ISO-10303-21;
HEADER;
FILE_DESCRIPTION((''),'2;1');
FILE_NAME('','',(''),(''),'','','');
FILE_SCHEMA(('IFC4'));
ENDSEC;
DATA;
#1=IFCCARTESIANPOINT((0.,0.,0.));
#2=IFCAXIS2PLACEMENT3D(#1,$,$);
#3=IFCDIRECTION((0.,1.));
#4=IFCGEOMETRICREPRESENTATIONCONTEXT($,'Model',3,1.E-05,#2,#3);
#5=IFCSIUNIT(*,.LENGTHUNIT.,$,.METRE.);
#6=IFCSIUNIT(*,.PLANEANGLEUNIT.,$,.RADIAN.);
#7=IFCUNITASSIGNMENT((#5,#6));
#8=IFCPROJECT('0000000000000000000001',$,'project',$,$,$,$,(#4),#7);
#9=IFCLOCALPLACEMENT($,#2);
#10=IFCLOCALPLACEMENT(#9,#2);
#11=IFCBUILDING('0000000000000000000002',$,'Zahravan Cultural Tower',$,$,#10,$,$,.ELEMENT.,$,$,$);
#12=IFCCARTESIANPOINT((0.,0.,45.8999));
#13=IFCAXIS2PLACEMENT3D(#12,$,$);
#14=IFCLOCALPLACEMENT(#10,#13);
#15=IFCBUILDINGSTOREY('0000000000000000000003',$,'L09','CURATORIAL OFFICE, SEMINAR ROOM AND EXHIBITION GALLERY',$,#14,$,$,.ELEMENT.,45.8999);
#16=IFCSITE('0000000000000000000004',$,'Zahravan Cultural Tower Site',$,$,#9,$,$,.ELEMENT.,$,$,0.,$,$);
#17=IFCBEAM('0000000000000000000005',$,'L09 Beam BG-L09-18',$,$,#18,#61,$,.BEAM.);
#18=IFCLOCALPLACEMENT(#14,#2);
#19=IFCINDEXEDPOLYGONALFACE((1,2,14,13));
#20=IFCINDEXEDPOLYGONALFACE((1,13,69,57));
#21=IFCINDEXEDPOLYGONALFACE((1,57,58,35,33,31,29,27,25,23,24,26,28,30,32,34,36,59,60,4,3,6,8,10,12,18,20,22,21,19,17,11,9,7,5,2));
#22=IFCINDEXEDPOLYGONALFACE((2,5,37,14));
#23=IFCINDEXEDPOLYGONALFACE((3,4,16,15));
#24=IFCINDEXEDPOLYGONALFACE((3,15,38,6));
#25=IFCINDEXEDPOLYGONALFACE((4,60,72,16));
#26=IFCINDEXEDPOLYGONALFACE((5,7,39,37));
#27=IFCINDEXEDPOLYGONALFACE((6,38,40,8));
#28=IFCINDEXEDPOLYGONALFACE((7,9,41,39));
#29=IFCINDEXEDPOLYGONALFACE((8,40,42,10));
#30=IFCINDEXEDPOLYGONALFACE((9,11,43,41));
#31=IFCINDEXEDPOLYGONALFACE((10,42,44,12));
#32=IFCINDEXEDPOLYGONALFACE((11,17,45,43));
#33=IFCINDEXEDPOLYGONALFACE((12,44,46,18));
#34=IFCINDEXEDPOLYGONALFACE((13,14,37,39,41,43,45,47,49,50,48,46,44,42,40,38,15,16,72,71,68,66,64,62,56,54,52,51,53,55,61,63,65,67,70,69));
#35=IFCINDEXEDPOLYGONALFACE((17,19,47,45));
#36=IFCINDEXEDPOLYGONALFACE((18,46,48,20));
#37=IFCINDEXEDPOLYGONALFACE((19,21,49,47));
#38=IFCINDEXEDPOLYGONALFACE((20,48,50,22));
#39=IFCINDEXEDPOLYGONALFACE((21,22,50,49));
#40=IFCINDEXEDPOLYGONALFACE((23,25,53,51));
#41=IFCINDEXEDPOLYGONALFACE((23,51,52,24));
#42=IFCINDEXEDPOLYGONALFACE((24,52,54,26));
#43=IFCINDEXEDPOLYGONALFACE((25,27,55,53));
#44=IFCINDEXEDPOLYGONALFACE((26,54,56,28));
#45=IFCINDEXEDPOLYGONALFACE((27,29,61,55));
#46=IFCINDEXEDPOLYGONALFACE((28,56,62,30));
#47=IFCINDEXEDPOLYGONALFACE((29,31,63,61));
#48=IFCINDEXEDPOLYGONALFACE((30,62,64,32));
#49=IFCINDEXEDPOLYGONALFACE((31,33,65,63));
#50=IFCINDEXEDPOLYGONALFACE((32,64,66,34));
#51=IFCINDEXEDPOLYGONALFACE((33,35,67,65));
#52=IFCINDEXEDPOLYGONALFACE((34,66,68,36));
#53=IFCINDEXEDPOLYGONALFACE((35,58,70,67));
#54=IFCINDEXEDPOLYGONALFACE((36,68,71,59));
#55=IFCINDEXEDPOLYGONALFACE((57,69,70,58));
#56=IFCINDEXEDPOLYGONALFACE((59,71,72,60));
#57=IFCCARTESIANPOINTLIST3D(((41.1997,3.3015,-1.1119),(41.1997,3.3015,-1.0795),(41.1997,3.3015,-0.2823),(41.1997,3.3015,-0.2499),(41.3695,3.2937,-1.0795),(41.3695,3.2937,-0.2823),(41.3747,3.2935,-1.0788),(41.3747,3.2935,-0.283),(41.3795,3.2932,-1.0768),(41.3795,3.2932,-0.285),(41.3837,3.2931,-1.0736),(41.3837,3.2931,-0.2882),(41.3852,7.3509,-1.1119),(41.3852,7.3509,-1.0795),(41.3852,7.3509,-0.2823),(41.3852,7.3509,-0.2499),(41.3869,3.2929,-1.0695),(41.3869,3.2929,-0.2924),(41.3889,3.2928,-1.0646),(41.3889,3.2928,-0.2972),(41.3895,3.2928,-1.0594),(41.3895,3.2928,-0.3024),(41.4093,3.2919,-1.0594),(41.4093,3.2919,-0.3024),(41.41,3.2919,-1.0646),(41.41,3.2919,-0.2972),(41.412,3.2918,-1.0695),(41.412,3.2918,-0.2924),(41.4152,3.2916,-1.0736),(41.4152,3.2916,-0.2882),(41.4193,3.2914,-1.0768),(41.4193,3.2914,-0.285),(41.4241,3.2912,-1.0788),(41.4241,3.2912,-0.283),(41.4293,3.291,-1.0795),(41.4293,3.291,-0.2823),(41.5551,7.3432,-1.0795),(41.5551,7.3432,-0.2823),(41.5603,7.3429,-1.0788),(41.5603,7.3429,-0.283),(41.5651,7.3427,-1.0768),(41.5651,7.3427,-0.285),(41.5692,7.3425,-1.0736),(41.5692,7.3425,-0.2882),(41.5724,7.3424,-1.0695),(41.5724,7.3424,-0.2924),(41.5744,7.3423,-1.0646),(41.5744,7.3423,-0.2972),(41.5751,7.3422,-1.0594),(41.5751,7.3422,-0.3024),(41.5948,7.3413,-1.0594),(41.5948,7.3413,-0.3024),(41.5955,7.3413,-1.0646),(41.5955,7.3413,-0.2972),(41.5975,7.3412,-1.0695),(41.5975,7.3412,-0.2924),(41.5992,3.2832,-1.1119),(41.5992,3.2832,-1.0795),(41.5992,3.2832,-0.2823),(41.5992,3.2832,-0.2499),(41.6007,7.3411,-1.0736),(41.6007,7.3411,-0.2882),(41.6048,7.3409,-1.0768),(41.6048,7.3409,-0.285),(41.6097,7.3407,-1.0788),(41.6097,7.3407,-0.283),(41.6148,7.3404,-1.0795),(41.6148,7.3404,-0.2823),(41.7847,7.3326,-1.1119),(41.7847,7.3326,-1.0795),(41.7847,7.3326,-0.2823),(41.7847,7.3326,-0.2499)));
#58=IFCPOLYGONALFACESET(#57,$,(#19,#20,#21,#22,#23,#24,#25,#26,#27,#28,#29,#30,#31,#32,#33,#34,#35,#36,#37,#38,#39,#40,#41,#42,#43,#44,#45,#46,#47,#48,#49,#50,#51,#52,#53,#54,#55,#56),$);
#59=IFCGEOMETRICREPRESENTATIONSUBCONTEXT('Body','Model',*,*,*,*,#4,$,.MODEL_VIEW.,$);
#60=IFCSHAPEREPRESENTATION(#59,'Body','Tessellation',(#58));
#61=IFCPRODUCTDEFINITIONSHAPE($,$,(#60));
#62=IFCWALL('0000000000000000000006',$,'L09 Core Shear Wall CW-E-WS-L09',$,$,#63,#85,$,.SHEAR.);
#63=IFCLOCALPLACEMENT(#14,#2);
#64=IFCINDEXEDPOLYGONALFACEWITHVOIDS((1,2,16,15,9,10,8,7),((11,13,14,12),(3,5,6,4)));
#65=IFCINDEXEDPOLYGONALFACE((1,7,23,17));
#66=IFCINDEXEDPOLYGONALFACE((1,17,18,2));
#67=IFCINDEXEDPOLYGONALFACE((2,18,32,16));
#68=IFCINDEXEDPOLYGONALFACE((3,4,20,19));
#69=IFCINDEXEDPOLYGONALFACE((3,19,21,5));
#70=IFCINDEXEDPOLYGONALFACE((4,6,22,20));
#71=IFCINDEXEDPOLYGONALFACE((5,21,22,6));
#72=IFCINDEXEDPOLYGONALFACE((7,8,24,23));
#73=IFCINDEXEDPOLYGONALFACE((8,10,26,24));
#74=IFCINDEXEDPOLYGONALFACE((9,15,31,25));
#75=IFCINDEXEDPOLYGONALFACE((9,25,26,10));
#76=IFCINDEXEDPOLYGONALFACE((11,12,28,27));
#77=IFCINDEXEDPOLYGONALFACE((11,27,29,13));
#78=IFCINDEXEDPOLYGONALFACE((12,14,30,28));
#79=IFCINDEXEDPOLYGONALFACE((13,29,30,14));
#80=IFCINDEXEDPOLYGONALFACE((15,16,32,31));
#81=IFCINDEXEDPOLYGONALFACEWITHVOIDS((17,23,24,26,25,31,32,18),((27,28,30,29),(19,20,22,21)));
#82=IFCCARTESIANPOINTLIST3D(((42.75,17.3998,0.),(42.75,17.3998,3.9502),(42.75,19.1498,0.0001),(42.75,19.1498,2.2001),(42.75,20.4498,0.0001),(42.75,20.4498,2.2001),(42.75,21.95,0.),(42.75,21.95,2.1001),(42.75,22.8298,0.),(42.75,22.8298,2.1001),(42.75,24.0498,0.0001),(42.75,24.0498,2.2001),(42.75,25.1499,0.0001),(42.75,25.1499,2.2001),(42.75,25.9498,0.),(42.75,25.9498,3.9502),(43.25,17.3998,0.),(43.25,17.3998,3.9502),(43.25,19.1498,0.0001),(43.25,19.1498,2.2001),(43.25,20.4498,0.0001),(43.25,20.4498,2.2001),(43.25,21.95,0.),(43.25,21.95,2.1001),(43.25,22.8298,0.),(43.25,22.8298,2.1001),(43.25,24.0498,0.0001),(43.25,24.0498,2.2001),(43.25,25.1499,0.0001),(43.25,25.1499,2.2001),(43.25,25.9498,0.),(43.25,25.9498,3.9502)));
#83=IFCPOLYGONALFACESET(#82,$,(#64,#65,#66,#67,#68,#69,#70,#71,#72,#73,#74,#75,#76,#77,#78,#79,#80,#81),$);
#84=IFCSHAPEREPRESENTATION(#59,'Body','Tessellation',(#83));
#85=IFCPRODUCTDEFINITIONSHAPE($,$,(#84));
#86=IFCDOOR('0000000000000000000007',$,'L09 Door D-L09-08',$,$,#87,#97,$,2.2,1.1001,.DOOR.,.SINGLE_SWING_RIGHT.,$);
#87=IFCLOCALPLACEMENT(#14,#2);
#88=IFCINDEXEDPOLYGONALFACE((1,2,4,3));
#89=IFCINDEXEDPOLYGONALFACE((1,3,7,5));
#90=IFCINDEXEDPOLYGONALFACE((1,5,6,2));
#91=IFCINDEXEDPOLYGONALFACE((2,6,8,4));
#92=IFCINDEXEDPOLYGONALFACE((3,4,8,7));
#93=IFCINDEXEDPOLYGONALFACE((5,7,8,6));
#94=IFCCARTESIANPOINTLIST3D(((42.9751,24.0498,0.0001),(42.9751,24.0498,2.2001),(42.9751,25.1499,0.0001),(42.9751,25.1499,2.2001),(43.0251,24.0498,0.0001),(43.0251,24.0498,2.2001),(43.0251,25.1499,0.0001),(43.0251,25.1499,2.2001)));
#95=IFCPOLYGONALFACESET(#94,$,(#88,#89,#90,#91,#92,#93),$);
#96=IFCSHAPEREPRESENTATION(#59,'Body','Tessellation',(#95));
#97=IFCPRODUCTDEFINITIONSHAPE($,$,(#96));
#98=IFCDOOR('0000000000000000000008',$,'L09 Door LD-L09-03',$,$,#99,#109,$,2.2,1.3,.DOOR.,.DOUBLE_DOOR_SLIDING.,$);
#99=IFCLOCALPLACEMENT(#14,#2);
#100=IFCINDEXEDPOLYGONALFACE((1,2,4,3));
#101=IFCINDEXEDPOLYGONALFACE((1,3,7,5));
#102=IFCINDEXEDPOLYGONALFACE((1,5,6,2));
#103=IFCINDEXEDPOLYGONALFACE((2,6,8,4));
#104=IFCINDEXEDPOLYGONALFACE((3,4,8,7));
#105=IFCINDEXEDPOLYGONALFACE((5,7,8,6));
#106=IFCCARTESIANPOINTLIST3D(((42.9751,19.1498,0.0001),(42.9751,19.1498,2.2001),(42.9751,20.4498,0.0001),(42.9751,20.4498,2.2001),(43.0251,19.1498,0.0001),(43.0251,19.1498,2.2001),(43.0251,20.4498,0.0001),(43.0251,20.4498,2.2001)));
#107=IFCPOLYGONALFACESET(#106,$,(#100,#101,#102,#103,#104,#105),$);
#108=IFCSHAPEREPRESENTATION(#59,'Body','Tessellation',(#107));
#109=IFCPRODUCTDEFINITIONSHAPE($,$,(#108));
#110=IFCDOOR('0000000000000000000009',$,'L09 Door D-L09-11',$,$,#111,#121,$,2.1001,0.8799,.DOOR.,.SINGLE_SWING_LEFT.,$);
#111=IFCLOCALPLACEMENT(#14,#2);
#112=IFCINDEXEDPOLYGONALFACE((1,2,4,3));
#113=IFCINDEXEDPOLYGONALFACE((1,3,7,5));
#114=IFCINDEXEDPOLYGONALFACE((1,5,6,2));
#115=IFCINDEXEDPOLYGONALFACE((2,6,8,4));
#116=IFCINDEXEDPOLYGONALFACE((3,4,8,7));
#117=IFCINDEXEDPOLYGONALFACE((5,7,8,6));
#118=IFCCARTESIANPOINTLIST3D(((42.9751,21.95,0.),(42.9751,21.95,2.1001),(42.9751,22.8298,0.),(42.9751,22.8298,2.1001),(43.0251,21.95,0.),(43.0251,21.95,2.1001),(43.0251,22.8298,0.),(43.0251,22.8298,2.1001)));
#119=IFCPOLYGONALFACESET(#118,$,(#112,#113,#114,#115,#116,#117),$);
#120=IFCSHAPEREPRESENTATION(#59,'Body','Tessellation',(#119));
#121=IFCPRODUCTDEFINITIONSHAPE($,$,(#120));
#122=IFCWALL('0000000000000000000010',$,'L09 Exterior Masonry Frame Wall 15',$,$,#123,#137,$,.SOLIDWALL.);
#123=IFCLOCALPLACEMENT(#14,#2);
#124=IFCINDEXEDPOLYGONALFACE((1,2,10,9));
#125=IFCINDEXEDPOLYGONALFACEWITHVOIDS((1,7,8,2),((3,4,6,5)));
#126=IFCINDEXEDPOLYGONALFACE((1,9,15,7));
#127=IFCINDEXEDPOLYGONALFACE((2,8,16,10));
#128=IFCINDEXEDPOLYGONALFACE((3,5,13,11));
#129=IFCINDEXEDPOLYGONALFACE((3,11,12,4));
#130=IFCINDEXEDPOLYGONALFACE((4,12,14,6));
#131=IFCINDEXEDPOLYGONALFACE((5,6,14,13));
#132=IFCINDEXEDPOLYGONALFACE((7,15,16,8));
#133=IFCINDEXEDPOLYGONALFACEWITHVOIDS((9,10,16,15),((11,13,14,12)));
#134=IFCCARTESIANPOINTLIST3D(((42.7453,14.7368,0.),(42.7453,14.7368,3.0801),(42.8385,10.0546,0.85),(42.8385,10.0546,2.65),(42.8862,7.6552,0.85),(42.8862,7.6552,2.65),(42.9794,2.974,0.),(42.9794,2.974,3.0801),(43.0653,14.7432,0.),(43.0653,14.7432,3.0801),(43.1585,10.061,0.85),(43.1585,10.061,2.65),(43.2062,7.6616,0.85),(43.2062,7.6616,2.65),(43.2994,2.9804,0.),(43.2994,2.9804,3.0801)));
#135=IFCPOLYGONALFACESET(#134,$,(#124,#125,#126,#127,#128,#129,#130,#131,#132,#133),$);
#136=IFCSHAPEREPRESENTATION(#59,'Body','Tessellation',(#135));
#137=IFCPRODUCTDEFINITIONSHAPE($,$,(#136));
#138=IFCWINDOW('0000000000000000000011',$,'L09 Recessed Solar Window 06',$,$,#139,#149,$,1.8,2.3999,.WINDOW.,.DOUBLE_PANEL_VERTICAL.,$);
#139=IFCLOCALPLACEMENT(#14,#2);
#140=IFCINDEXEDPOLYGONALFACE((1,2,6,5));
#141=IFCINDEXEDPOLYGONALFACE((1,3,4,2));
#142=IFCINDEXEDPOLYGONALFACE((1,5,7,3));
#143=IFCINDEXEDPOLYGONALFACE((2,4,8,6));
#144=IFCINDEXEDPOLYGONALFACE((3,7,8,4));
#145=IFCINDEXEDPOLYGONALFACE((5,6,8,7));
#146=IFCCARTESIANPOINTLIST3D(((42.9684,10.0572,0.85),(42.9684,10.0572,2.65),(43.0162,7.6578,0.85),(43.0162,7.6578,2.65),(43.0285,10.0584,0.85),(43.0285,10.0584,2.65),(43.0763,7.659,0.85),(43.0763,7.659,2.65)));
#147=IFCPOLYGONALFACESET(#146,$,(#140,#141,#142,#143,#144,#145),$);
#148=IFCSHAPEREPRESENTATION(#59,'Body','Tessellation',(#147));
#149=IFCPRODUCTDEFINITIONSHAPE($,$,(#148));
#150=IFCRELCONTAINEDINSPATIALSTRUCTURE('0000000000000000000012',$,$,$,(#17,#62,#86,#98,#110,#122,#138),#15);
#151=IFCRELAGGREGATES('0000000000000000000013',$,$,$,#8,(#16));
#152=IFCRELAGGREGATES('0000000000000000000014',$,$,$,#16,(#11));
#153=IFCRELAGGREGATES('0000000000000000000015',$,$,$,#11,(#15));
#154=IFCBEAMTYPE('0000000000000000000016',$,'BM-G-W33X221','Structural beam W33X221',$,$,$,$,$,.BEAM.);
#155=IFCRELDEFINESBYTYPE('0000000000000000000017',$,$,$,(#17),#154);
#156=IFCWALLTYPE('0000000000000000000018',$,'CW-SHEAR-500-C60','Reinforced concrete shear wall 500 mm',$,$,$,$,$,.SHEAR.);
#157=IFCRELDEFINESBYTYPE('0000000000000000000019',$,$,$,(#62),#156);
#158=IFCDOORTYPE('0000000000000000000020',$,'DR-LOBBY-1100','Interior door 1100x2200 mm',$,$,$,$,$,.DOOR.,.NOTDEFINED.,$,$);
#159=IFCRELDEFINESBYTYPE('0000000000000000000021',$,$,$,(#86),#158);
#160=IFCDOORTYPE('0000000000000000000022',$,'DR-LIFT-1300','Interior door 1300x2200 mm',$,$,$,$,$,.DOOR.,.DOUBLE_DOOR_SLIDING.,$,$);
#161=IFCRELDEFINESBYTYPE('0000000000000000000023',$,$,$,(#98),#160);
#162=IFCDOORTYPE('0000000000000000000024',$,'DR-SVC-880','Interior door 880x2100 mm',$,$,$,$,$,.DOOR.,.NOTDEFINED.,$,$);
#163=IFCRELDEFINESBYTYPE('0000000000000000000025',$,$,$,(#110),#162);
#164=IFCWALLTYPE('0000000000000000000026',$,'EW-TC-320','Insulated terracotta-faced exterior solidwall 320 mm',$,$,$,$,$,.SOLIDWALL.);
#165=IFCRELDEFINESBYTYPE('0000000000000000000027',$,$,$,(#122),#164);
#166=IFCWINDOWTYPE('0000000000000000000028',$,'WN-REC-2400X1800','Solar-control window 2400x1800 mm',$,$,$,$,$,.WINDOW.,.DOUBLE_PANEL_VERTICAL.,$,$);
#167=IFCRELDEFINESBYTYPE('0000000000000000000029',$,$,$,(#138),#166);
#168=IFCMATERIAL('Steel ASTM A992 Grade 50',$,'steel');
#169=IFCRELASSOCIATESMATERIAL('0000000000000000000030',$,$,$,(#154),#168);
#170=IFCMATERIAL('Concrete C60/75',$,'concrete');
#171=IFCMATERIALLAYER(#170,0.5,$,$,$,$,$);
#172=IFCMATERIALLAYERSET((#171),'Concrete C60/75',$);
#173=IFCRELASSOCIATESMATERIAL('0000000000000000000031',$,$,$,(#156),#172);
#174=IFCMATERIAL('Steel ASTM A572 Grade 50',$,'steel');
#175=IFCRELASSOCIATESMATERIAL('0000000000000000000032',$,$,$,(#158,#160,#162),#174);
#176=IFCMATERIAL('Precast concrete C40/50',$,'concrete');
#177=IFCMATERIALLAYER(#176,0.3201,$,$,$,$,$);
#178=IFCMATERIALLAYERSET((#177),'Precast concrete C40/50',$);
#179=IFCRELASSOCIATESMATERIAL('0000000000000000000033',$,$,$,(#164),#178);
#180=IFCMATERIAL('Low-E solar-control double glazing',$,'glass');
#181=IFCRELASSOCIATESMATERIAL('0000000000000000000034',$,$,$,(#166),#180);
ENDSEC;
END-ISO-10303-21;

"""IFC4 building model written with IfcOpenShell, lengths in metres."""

from ifc_helpers import new_model, si_unit, direction, frame, frame_2d, origin, origin_2d, place, context, subcontext, project, spatial, rectangle, i_section, extrude, source, transform, mapped, material, layer, layer_set, material_profile, profile_set, type_object, element, fill, save


model = new_model("IFC4")

# Units and contexts
model_context = context("Model", 3, precision=1e-05, world=origin(), true_north=direction((0.0, 1.0)))
body_context = subcontext(model_context, "Body", "Model", "MODEL_VIEW")
ifc_project = project(units=[si_unit("LENGTHUNIT", "METRE"), si_unit("PLANEANGLEUNIT", "RADIAN")], contexts=[model_context])

# Site, building, storey
site_placement = place(None, origin())
site = spatial("IfcSite", under=ifc_project, at=site_placement, Name="Zahravan Cultural Tower Site", CompositionType="ELEMENT", RefElevation=0.0)
building_placement = place(site_placement, origin())
building = spatial("IfcBuilding", under=site, at=building_placement, Name="Zahravan Cultural Tower", CompositionType="ELEMENT")
storey_placement = place(building_placement, frame((0.0, 0.0, 45.8999)))
storey = spatial("IfcBuildingStorey", under=building, at=storey_placement, Name="L09", Description="CURATORIAL OFFICE, SEMINAR ROOM AND EXHIBITION GALLERY", CompositionType="ELEMENT", Elevation=45.8999)

# Shared definitions
ifc_material_1 = material(Name="Concrete C60/75", Category="concrete")
ifc_material_2 = material(Name="Steel ASTM A572 Grade 50", Category="steel")

# Beam
ifc_material_3 = material(Name="Steel ASTM A992 Grade 50", Category="steel")
ifc_material_profile_1 = material_profile(ifc_material_3, i_section(OverallWidth=0.3999, OverallDepth=0.8621, WebThickness=0.0198, FlangeThickness=0.0325, FilletRadius=0.02, at=origin_2d()), Name="W33X221")
ifc_profile_set_1 = profile_set([ifc_material_profile_1], Name="Steel ASTM A992 Grade 50")
beam_type_1 = type_object("IfcBeamType", Name="BM-G-W33X221", Description="Structural beam W33X221", PredefinedType="BEAM", material=ifc_profile_set_1)
shared_shape_1 = source(origin(), body_context, "Body", "SweptSolid", [
    extrude(i_section(OverallWidth=0.3999, OverallDepth=0.8621, WebThickness=0.0198, FlangeThickness=0.0325, FilletRadius=0.02, at=origin_2d()), origin(), (0.0, 0.0, 1.0), 4.0537),
])
beam_1_placement = place(storey_placement, frame((41.585, 7.3418, -0.6809), z_axis=(-0.045771, -0.998952, 0.0), x_axis=(0.998952, -0.045771, 0.0)))
element("IfcBeam", 1, at=beam_1_placement, inside=storey, type_object=beam_type_1, Name="L09 Beam BG-L09-18", PredefinedType="BEAM", context=body_context, shape_type="MappedRepresentation", body=[
    mapped(shared_shape_1, transform((0.0, 0.0, 0.0), x_axis=(1.0, 0.0, 0.0), y_axis=(0.0, 1.0, 0.0), z_axis=(0.0, 0.0, 1.0), scale=1.0)),
])

# Wall, openings, doors
ifc_layer_1 = layer(ifc_material_1, 0.5)
ifc_layer_set_1 = layer_set([ifc_layer_1], Name="Concrete C60/75")
wall_type_1 = type_object("IfcWallType", Name="CW-SHEAR-500-C60", Description="Reinforced concrete shear wall 500 mm", PredefinedType="SHEAR", material=ifc_layer_set_1)
wall_1_placement = place(storey_placement, frame((43.0, 17.3999, 0.0), z_axis=(0.0, 0.0, 1.0), x_axis=(0.0, 1.0, 0.0)))
wall_1 = element("IfcWall", 2, at=wall_1_placement, inside=storey, type_object=wall_type_1, Name="L09 Core Shear Wall CW-E-WS-L09", PredefinedType="SHEAR", context=body_context, shape_type="SweptSolid", body=[
    extrude(rectangle(XDim=8.55, YDim=0.5, at=frame_2d((4.2749, 0.0))), origin(), (0.0, 0.0, 1.0), 3.9502),
])
opening_1_placement = place(wall_1_placement, frame((6.6499, 0.0, 0.0)))
opening_1 = element("IfcOpeningElement", 3, at=opening_1_placement, cuts=wall_1, PredefinedType="OPENING", context=body_context, shape_type="SweptSolid", body=[
    extrude(rectangle(XDim=1.1001, YDim=2.2, at=frame_2d((0.55, 1.1001))), frame((0.0, 0.26, 0.0), z_axis=(0.0, -1.0, 0.0), x_axis=(1.0, 0.0, 0.0)), (0.0, 0.0, 1.0), 0.52),
])
opening_2_placement = place(wall_1_placement, frame((1.75, 0.0, 0.0)))
opening_2 = element("IfcOpeningElement", 4, at=opening_2_placement, cuts=wall_1, PredefinedType="OPENING", context=body_context, shape_type="SweptSolid", body=[
    extrude(rectangle(XDim=1.3, YDim=2.2, at=frame_2d((0.6499, 1.1001))), frame((0.0, 0.26, 0.0), z_axis=(0.0, -1.0, 0.0), x_axis=(1.0, 0.0, 0.0)), (0.0, 0.0, 1.0), 0.52),
])
opening_3_placement = place(wall_1_placement, frame((4.55, 0.0, 0.0)))
opening_3 = element("IfcOpeningElement", 5, at=opening_3_placement, cuts=wall_1, PredefinedType="OPENING", context=body_context, shape_type="SweptSolid", body=[
    extrude(rectangle(XDim=0.8799, YDim=2.1001, at=frame_2d((0.4399, 1.05))), frame((0.0, 0.26, 0.0), z_axis=(0.0, -1.0, 0.0), x_axis=(1.0, 0.0, 0.0)), (0.0, 0.0, 1.0), 0.52),
])
door_type_1 = type_object("IfcDoorType", Name="DR-LOBBY-1100", Description="Interior door 1100x2200 mm", OperationType="NOTDEFINED", PredefinedType="DOOR", material=ifc_material_2)
shared_shape_2 = source(origin(), body_context, "Body", "SweptSolid", [
    extrude(rectangle(XDim=1.1001, YDim=2.2, at=frame_2d((0.55, 1.1001))), frame((0.0, 0.0249, 0.0), z_axis=(0.0, -1.0, 0.0), x_axis=(1.0, 0.0, 0.0)), (0.0, 0.0, 1.0), 0.05),
])
door_1_placement = place(opening_1_placement, origin())
door_1 = element("IfcDoor", 6, at=door_1_placement, inside=storey, type_object=door_type_1, Name="L09 Door D-L09-08", OperationType="SINGLE_SWING_RIGHT", OverallHeight=2.2, OverallWidth=1.1001, PredefinedType="DOOR", context=body_context, shape_type="MappedRepresentation", body=[
    mapped(shared_shape_2, transform((0.0, 0.0, 0.0), x_axis=(1.0, 0.0, 0.0), y_axis=(0.0, 1.0, 0.0), z_axis=(0.0, 0.0, 1.0), scale=1.0)),
])
fill(opening_1, door_1)
door_type_2 = type_object("IfcDoorType", Name="DR-LIFT-1300", Description="Interior door 1300x2200 mm", OperationType="DOUBLE_DOOR_SLIDING", PredefinedType="DOOR", material=ifc_material_2)
shared_shape_3 = source(origin(), body_context, "Body", "SweptSolid", [
    extrude(rectangle(XDim=1.3, YDim=2.2, at=frame_2d((0.6499, 1.1001))), frame((0.0, 0.0249, 0.0), z_axis=(0.0, -1.0, 0.0), x_axis=(1.0, 0.0, 0.0)), (0.0, 0.0, 1.0), 0.05),
])
door_2_placement = place(opening_2_placement, origin())
door_2 = element("IfcDoor", 7, at=door_2_placement, inside=storey, type_object=door_type_2, Name="L09 Door LD-L09-03", OperationType="DOUBLE_DOOR_SLIDING", OverallHeight=2.2, OverallWidth=1.3, PredefinedType="DOOR", context=body_context, shape_type="MappedRepresentation", body=[
    mapped(shared_shape_3, transform((0.0, 0.0, 0.0), x_axis=(1.0, 0.0, 0.0), y_axis=(0.0, 1.0, 0.0), z_axis=(0.0, 0.0, 1.0), scale=1.0)),
])
fill(opening_2, door_2)
door_type_3 = type_object("IfcDoorType", Name="DR-SVC-880", Description="Interior door 880x2100 mm", OperationType="NOTDEFINED", PredefinedType="DOOR", material=ifc_material_2)
shared_shape_4 = source(origin(), body_context, "Body", "SweptSolid", [
    extrude(rectangle(XDim=0.8799, YDim=2.1001, at=frame_2d((0.4399, 1.05))), frame((0.0, 0.0249, 0.0), z_axis=(0.0, -1.0, 0.0), x_axis=(1.0, 0.0, 0.0)), (0.0, 0.0, 1.0), 0.05),
])
door_3_placement = place(opening_3_placement, origin())
door_3 = element("IfcDoor", 8, at=door_3_placement, inside=storey, type_object=door_type_3, Name="L09 Door D-L09-11", OperationType="SINGLE_SWING_LEFT", OverallHeight=2.1001, OverallWidth=0.8799, PredefinedType="DOOR", context=body_context, shape_type="MappedRepresentation", body=[
    mapped(shared_shape_4, transform((0.0, 0.0, 0.0), x_axis=(1.0, 0.0, 0.0), y_axis=(0.0, 1.0, 0.0), z_axis=(0.0, 0.0, 1.0), scale=1.0)),
])
fill(opening_3, door_3)

# Wall, opening, window
ifc_material_4 = material(Name="Precast concrete C40/50", Category="concrete")
ifc_layer_2 = layer(ifc_material_4, 0.3201)
ifc_layer_set_2 = layer_set([ifc_layer_2], Name="Precast concrete C40/50")
wall_type_2 = type_object("IfcWallType", Name="EW-TC-320", Description="Insulated terracotta-faced exterior solidwall 320 mm", PredefinedType="SOLIDWALL", material=ifc_layer_set_2)
wall_2_placement = place(storey_placement, frame((42.9053, 14.74, 0.0), z_axis=(0.0, 0.0, 1.0), x_axis=(0.019901, -0.999802, 0.0)))
wall_2 = element("IfcWall", 9, at=wall_2_placement, inside=storey, type_object=wall_type_2, Name="L09 Exterior Masonry Frame Wall 15", PredefinedType="SOLIDWALL", context=body_context, shape_type="SweptSolid", body=[
    extrude(rectangle(XDim=11.7651, YDim=0.3201, at=frame_2d((5.8826, 0.0))), origin(), (0.0, 0.0, 1.0), 3.0801),
])
opening_4_placement = place(wall_2_placement, frame((4.6831, 0.0, 0.8501)))
opening_4 = element("IfcOpeningElement", 10, at=opening_4_placement, cuts=wall_2, PredefinedType="OPENING", context=body_context, shape_type="SweptSolid", body=[
    extrude(rectangle(XDim=2.3999, YDim=1.8, at=frame_2d((1.2, 0.8999))), frame((0.0, 0.1699, 0.0), z_axis=(0.0, -1.0, 0.0), x_axis=(1.0, 0.0, 0.0)), (0.0, 0.0, 1.0), 0.3401),
])
ifc_material_5 = material(Name="Low-E solar-control double glazing", Category="glass")
window_type = type_object("IfcWindowType", Name="WN-REC-2400X1800", Description="Solar-control window 2400x1800 mm", PartitioningType="DOUBLE_PANEL_VERTICAL", PredefinedType="WINDOW", material=ifc_material_5)
shared_shape_5 = source(origin(), body_context, "Body", "SweptSolid", [
    extrude(rectangle(XDim=2.3999, YDim=1.8, at=frame_2d((1.2, 0.8999))), frame((0.0, 0.03, 0.0), z_axis=(0.0, -1.0, 0.0), x_axis=(1.0, 0.0, 0.0)), (0.0, 0.0, 1.0), 0.0601),
])
window_placement = place(opening_4_placement, origin())
window = element("IfcWindow", 11, at=window_placement, inside=storey, type_object=window_type, Name="L09 Recessed Solar Window 06", OverallHeight=1.8, OverallWidth=2.3999, PartitioningType="DOUBLE_PANEL_VERTICAL", PredefinedType="WINDOW", context=body_context, shape_type="MappedRepresentation", body=[
    mapped(shared_shape_5, transform((0.0, 0.0, 0.0), x_axis=(1.0, 0.0, 0.0), y_axis=(0.0, 1.0, 0.0), z_axis=(0.0, 0.0, 1.0), scale=1.0)),
])
fill(opening_4, window)

save(model, "model.ifc")
